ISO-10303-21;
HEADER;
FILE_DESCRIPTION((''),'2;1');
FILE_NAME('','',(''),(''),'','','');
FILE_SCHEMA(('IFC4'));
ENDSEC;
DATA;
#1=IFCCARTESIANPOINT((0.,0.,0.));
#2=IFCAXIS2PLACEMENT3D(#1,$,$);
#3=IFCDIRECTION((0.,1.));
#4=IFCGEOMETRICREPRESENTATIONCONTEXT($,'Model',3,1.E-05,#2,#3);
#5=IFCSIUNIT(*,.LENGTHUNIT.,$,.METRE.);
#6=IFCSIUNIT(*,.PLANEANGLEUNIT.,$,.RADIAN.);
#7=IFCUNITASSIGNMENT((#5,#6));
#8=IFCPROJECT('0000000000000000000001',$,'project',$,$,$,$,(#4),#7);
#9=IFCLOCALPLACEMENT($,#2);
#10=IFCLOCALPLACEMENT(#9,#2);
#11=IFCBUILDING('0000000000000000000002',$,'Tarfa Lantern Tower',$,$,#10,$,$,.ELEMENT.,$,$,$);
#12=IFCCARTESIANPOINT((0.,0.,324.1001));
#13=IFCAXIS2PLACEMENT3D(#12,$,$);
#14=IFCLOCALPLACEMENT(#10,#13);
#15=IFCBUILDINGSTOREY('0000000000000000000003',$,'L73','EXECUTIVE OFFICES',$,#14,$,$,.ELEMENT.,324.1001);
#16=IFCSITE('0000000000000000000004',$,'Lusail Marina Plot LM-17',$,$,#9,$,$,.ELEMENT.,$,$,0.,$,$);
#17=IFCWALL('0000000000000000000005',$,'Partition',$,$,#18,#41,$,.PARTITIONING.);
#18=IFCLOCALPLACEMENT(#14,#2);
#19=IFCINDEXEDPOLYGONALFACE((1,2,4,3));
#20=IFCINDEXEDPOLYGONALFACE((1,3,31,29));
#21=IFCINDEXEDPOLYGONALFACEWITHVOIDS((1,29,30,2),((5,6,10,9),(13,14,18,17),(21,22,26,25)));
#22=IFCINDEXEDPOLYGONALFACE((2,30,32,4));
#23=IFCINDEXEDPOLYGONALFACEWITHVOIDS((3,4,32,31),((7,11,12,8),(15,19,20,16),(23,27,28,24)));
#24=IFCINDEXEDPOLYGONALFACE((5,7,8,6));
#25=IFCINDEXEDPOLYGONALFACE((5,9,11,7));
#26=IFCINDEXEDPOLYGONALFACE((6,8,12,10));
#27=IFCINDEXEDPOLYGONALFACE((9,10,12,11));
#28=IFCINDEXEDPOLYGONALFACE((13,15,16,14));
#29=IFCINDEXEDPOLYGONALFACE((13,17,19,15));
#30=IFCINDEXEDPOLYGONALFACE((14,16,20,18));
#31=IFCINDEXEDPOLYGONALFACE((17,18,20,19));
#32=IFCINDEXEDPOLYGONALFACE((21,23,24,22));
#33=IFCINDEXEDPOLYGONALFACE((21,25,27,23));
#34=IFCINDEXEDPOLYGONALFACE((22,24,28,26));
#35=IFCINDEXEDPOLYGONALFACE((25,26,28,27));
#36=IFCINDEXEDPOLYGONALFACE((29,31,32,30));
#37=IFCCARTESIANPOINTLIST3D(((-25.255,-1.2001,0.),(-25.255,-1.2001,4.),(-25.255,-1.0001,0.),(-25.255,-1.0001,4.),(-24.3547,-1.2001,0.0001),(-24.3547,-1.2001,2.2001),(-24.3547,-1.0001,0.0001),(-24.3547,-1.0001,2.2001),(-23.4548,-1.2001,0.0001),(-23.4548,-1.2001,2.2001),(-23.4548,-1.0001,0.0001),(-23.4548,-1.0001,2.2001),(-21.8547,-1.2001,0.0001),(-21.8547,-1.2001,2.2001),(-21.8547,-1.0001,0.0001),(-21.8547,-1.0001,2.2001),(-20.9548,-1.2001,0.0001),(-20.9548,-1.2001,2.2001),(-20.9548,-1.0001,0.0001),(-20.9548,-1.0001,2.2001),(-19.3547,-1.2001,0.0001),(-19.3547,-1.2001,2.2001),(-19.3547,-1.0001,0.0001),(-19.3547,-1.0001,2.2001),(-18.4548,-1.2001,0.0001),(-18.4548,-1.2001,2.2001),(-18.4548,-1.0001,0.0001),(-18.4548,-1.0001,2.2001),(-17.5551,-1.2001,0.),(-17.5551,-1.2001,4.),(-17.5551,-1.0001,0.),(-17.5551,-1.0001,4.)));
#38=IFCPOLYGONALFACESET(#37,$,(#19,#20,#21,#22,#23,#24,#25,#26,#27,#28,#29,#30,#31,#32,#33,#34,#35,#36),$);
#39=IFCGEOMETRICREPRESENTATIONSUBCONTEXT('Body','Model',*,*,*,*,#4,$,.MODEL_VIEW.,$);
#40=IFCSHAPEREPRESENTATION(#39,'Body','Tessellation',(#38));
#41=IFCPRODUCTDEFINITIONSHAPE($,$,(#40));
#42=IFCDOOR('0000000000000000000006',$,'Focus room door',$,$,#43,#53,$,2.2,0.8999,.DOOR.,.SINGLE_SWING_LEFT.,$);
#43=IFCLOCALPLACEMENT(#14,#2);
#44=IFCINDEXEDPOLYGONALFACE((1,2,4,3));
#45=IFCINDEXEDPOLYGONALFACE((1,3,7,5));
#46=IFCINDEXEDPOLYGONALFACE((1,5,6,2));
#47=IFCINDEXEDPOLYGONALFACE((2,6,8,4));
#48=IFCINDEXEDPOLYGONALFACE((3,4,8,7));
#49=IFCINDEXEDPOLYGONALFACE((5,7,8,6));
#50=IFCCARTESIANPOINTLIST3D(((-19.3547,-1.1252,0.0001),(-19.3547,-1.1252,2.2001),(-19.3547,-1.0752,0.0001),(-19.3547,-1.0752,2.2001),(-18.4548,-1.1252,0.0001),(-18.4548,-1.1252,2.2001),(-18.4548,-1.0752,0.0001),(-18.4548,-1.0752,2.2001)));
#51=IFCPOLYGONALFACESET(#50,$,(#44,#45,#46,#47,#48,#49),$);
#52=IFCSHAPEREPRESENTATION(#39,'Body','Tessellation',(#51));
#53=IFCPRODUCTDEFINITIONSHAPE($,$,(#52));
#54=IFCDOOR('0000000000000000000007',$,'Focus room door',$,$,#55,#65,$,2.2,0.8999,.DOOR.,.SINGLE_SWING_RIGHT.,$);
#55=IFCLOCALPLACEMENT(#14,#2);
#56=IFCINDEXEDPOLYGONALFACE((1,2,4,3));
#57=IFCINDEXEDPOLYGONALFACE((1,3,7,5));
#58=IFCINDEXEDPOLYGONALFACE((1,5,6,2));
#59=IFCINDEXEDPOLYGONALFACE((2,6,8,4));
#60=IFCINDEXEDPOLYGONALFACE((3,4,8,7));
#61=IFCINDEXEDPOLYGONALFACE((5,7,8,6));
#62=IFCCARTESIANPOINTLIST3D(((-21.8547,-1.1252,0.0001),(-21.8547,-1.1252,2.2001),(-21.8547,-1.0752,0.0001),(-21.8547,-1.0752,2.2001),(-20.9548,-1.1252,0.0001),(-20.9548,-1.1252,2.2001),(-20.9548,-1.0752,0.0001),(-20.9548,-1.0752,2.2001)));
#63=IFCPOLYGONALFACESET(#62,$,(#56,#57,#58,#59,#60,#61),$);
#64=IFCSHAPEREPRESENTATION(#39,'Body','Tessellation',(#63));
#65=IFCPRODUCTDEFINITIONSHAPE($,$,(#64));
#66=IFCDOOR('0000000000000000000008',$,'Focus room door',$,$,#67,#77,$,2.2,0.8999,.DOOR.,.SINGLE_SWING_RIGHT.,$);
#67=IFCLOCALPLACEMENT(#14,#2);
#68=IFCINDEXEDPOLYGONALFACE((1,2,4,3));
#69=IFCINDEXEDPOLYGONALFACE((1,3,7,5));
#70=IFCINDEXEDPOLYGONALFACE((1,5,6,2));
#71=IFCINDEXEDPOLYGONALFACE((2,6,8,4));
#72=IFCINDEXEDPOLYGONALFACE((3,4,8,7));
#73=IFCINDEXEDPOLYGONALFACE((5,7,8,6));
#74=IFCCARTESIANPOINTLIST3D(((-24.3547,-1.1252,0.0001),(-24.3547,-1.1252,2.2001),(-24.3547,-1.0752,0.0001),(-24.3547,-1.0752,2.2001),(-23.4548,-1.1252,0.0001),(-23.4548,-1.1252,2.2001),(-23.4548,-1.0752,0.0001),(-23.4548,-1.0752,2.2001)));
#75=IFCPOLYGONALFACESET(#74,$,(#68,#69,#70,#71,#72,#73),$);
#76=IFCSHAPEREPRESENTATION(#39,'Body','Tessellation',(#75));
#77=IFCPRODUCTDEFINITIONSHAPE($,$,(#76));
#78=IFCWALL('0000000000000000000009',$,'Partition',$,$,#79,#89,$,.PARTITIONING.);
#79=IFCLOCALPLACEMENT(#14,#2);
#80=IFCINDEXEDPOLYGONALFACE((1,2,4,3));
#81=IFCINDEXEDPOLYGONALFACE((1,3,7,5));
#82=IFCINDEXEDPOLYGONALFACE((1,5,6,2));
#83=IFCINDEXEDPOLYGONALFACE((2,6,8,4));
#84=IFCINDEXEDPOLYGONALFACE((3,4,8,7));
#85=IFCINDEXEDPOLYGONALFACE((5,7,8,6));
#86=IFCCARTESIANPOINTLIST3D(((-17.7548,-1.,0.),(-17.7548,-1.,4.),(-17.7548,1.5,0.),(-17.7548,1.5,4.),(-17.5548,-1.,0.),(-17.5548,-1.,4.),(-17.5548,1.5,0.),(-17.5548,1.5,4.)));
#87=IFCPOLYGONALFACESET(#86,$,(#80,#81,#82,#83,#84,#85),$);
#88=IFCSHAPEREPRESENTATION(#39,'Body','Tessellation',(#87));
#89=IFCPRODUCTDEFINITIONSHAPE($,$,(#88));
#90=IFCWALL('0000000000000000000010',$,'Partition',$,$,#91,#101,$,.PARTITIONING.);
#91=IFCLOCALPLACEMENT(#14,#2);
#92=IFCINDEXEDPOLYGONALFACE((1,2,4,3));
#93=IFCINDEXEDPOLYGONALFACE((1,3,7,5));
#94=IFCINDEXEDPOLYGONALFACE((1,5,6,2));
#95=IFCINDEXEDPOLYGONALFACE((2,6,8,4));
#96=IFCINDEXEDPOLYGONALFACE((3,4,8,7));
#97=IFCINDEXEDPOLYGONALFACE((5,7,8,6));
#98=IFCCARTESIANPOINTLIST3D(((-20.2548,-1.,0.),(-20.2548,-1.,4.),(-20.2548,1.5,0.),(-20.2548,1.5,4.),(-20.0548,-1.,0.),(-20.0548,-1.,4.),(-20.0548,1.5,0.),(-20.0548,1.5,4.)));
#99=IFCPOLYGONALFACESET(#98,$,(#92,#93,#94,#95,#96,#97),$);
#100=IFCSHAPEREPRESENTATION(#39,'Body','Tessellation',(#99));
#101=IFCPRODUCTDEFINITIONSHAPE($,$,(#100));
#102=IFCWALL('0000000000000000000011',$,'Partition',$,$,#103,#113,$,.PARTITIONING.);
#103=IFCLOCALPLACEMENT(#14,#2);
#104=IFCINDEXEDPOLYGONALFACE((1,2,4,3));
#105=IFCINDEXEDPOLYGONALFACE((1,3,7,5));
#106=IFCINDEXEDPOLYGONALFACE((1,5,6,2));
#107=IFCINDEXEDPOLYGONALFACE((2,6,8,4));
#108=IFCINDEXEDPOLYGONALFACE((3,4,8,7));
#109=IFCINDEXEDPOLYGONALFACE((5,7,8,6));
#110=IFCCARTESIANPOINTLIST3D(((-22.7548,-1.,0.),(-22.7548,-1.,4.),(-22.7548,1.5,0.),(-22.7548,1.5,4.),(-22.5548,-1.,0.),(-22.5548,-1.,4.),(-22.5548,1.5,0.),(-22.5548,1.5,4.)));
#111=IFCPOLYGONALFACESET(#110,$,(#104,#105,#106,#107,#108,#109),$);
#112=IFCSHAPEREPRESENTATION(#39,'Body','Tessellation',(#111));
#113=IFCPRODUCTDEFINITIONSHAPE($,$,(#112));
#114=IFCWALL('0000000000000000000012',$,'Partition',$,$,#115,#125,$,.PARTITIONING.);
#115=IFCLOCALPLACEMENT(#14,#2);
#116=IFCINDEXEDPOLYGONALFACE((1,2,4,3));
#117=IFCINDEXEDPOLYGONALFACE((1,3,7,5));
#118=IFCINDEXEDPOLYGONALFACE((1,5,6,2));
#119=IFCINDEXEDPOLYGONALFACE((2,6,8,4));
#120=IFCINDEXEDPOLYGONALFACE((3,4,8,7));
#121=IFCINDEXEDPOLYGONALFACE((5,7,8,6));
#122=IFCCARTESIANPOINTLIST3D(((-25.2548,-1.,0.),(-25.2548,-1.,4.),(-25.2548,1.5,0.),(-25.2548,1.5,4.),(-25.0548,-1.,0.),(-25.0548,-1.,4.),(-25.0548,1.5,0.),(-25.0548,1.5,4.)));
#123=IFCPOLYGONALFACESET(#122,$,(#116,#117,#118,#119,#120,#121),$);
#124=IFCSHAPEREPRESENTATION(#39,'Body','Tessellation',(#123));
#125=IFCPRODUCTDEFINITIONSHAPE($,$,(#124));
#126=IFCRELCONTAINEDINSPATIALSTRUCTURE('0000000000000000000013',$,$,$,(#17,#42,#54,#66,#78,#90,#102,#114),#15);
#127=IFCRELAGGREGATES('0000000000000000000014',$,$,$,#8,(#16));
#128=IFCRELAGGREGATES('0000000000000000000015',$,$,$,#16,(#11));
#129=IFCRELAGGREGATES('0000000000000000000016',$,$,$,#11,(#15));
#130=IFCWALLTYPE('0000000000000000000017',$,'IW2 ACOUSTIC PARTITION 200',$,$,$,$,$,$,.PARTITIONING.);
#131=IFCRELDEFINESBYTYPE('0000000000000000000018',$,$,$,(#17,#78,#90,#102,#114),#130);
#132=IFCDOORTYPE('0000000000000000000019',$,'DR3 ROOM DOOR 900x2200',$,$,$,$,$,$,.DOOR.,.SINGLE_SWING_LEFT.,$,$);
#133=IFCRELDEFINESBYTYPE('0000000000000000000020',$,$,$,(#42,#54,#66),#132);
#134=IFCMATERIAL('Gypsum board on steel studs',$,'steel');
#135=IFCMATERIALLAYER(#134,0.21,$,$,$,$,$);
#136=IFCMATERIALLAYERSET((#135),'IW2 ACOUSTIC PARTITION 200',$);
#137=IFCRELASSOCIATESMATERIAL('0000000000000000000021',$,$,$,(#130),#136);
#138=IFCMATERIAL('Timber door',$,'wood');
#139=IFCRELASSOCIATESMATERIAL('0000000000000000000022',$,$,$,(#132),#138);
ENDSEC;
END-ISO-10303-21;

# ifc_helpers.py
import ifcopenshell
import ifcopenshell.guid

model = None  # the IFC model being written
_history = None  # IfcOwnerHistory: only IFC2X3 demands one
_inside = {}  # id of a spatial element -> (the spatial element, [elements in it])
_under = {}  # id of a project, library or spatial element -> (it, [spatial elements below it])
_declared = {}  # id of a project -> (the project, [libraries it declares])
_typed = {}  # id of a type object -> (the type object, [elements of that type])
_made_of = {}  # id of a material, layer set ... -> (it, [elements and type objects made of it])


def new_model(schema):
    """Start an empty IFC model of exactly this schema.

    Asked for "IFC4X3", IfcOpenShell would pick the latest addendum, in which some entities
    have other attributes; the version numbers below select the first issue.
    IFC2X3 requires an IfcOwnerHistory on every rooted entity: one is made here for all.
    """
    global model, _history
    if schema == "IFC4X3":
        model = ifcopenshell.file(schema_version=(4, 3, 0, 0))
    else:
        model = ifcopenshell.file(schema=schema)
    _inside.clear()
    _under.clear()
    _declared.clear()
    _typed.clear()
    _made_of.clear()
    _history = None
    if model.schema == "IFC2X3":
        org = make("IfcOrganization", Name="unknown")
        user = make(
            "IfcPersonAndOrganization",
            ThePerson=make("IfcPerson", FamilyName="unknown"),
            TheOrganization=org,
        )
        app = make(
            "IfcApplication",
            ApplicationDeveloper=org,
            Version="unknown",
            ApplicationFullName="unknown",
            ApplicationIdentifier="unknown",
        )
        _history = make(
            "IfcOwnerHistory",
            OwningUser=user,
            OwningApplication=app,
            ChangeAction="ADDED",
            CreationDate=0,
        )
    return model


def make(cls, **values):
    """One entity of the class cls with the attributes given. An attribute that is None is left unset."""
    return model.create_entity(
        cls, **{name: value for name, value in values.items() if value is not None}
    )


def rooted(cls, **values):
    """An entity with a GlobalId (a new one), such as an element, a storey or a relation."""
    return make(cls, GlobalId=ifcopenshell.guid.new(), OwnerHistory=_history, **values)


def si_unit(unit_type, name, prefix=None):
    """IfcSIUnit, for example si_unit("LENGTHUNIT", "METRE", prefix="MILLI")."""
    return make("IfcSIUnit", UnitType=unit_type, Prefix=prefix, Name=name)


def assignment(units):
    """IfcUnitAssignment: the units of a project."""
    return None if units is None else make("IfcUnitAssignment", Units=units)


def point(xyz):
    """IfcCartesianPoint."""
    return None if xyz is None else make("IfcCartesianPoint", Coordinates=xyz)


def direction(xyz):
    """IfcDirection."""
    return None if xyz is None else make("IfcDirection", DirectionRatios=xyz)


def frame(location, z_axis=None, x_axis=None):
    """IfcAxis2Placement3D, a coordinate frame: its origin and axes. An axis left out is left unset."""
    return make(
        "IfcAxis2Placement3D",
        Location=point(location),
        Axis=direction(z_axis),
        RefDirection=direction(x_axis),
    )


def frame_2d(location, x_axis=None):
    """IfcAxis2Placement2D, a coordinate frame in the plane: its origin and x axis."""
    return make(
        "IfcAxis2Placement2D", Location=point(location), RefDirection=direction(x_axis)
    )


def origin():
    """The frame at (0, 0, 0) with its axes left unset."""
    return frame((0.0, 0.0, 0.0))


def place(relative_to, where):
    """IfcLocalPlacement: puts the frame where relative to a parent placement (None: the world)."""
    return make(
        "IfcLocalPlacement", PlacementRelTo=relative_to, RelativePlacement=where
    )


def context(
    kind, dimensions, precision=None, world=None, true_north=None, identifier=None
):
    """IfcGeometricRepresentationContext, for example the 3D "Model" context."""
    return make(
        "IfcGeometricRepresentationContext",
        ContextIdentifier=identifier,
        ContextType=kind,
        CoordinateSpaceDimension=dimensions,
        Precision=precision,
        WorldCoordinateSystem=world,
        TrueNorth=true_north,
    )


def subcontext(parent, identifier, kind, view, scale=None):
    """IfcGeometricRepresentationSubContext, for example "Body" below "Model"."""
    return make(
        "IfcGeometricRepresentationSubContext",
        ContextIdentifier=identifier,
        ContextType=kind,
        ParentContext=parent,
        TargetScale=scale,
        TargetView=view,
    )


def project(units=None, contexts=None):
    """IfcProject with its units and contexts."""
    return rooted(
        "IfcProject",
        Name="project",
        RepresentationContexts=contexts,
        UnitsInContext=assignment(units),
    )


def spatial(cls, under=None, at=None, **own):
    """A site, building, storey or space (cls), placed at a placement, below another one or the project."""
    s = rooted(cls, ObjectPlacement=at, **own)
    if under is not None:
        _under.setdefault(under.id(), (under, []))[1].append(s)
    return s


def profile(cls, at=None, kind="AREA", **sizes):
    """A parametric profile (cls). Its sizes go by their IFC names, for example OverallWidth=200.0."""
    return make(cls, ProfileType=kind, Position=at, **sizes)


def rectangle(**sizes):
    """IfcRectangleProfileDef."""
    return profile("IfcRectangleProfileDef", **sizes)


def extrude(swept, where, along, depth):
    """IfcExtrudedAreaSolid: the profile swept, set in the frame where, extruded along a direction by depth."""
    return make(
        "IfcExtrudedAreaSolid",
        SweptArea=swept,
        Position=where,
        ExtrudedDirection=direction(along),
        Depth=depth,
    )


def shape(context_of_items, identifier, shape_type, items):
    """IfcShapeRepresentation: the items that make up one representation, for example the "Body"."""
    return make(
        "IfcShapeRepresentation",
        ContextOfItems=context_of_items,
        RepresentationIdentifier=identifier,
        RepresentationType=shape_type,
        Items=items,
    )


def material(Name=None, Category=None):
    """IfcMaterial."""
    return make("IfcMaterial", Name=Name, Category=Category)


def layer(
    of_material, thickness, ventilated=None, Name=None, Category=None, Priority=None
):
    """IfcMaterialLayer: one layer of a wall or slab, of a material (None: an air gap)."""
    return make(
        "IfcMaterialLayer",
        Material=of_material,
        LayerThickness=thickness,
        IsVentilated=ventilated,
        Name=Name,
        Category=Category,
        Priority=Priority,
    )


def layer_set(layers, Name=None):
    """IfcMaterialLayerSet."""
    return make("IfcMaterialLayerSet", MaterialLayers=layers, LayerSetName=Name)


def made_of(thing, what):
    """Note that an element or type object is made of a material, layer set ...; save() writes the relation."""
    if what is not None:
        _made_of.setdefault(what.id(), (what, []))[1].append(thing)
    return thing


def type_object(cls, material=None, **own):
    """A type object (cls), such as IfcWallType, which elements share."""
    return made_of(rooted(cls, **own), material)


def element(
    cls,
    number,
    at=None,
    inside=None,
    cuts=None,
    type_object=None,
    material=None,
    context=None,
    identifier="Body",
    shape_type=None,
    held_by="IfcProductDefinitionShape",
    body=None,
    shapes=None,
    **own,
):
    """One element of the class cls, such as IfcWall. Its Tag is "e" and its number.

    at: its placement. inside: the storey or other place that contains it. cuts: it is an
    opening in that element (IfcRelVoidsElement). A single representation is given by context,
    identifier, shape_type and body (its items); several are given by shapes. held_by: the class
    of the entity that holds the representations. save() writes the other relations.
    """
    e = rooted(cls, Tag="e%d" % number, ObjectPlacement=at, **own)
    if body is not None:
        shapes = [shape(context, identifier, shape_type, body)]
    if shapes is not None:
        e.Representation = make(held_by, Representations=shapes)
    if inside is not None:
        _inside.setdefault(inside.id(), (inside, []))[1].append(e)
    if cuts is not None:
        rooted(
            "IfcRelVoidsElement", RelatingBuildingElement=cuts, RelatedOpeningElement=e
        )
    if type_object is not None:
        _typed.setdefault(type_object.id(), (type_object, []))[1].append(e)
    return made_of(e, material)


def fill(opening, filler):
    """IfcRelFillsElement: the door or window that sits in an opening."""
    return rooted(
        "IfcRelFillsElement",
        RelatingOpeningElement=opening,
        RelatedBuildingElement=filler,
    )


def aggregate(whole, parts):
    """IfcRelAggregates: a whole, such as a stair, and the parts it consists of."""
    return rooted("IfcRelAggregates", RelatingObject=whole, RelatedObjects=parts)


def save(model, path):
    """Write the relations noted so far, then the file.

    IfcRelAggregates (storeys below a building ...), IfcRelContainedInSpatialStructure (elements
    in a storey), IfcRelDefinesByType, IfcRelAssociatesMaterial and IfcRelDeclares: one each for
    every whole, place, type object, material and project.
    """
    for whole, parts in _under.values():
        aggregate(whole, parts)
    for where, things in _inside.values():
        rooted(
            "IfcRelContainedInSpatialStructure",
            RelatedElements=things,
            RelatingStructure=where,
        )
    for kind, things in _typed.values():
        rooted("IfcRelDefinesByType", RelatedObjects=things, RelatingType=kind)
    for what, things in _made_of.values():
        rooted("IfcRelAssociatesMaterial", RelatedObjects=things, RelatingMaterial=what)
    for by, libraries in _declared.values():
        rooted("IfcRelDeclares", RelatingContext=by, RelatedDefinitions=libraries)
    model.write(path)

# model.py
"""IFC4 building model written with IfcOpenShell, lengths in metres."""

from ifc_helpers import new_model, si_unit, direction, frame, frame_2d, origin, place, context, subcontext, project, spatial, rectangle, extrude, material, layer, layer_set, type_object, element, fill, save


model = new_model("IFC4")

# Units and contexts
model_context = context("Model", 3, precision=1e-05, world=origin(), true_north=direction((0.0, 1.0)))
body_context = subcontext(model_context, "Body", "Model", "MODEL_VIEW")
ifc_project = project(units=[si_unit("LENGTHUNIT", "METRE"), si_unit("PLANEANGLEUNIT", "RADIAN")], contexts=[model_context])

# Site, building, storey
site_placement = place(None, origin())
site = spatial("IfcSite", under=ifc_project, at=site_placement, Name="Lusail Marina Plot LM-17", CompositionType="ELEMENT", RefElevation=0.0)
building_placement = place(site_placement, origin())
building = spatial("IfcBuilding", under=site, at=building_placement, Name="Tarfa Lantern Tower", CompositionType="ELEMENT")
storey_placement = place(building_placement, frame((0.0, 0.0, 324.1001)))
storey = spatial("IfcBuildingStorey", under=building, at=storey_placement, Name="L73", Description="EXECUTIVE OFFICES", CompositionType="ELEMENT", Elevation=324.1001)

# Shared definitions
ifc_material_1 = material(Name="Gypsum board on steel studs", Category="steel")
ifc_layer_1 = layer(ifc_material_1, 0.21)
ifc_layer_set_1 = layer_set([ifc_layer_1], Name="IW2 ACOUSTIC PARTITION 200")
wall_type_1 = type_object("IfcWallType", Name="IW2 ACOUSTIC PARTITION 200", PredefinedType="PARTITIONING", material=ifc_layer_set_1)
ifc_material_2 = material(Name="Timber door", Category="wood")

# Wall, openings, doors
wall_1_placement = place(storey_placement, frame((-17.5549, -1.1001, 0.0), z_axis=(0.0, 0.0, 1.0), x_axis=(-1.0, 0.0, 0.0)))
wall_1 = element("IfcWall", 1, at=wall_1_placement, inside=storey, type_object=wall_type_1, Name="Partition", PredefinedType="PARTITIONING", context=body_context, shape_type="SweptSolid", body=[
    extrude(rectangle(XDim=7.7, YDim=0.2, at=frame_2d((3.8501, 0.0))), origin(), (0.0, 0.0, 1.0), 4.0),
])
opening_1_placement = place(wall_1_placement, frame((0.8999, 0.0, 0.0)))
opening_1 = element("IfcOpeningElement", 2, at=opening_1_placement, cuts=wall_1, PredefinedType="OPENING", context=body_context, shape_type="SweptSolid", body=[
    extrude(rectangle(XDim=0.8999, YDim=2.2, at=frame_2d((0.45, 1.1001))), frame((0.0, 0.1099, 0.0), z_axis=(0.0, -1.0, 0.0), x_axis=(1.0, 0.0, 0.0)), (0.0, 0.0, 1.0), 0.22),
])
opening_2_placement = place(wall_1_placement, frame((3.3999, 0.0, 0.0)))
opening_2 = element("IfcOpeningElement", 3, at=opening_2_placement, cuts=wall_1, PredefinedType="OPENING", context=body_context, shape_type="SweptSolid", body=[
    extrude(rectangle(XDim=0.8999, YDim=2.2, at=frame_2d((0.45, 1.1001))), frame((0.0, 0.1099, 0.0), z_axis=(0.0, -1.0, 0.0), x_axis=(1.0, 0.0, 0.0)), (0.0, 0.0, 1.0), 0.22),
])
opening_3_placement = place(wall_1_placement, frame((5.8999, 0.0, 0.0)))
opening_3 = element("IfcOpeningElement", 4, at=opening_3_placement, cuts=wall_1, PredefinedType="OPENING", context=body_context, shape_type="SweptSolid", body=[
    extrude(rectangle(XDim=0.8999, YDim=2.2, at=frame_2d((0.45, 1.1001))), frame((0.0, 0.1099, 0.0), z_axis=(0.0, -1.0, 0.0), x_axis=(1.0, 0.0, 0.0)), (0.0, 0.0, 1.0), 0.22),
])
door_type_1 = type_object("IfcDoorType", Name="DR3 ROOM DOOR 900x2200", OperationType="SINGLE_SWING_LEFT", PredefinedType="DOOR", material=ifc_material_2)
door_1_placement = place(opening_1_placement, frame((0.8999, 0.0, 0.0), z_axis=(0.0, 0.0, 1.0), x_axis=(-1.0, 0.0, 0.0)))
door_1 = element("IfcDoor", 5, at=door_1_placement, inside=storey, type_object=door_type_1, Name="Focus room door", OperationType="SINGLE_SWING_LEFT", OverallHeight=2.2, OverallWidth=0.8999, PredefinedType="DOOR", context=body_context, shape_type="SweptSolid", body=[
    extrude(rectangle(XDim=0.8999, YDim=2.2, at=frame_2d((0.45, 1.1001))), frame((0.0, 0.0249, 0.0), z_axis=(0.0, -1.0, 0.0), x_axis=(1.0, 0.0, 0.0)), (0.0, 0.0, 1.0), 0.05),
])
fill(opening_1, door_1)
door_2_placement = place(opening_2_placement, frame((0.8999, 0.0, 0.0), z_axis=(0.0, 0.0, 1.0), x_axis=(-1.0, 0.0, 0.0)))
door_2 = element("IfcDoor", 6, at=door_2_placement, inside=storey, type_object=door_type_1, Name="Focus room door", OperationType="SINGLE_SWING_RIGHT", OverallHeight=2.2, OverallWidth=0.8999, PredefinedType="DOOR", context=body_context, shape_type="SweptSolid", body=[
    extrude(rectangle(XDim=0.8999, YDim=2.2, at=frame_2d((0.45, 1.1001))), frame((0.0, 0.0249, 0.0), z_axis=(0.0, -1.0, 0.0), x_axis=(1.0, 0.0, 0.0)), (0.0, 0.0, 1.0), 0.05),
])
fill(opening_2, door_2)
door_3_placement = place(opening_3_placement, frame((0.8999, 0.0, 0.0), z_axis=(0.0, 0.0, 1.0), x_axis=(-1.0, 0.0, 0.0)))
door_3 = element("IfcDoor", 7, at=door_3_placement, inside=storey, type_object=door_type_1, Name="Focus room door", OperationType="SINGLE_SWING_RIGHT", OverallHeight=2.2, OverallWidth=0.8999, PredefinedType="DOOR", context=body_context, shape_type="SweptSolid", body=[
    extrude(rectangle(XDim=0.8999, YDim=2.2, at=frame_2d((0.45, 1.1001))), frame((0.0, 0.0249, 0.0), z_axis=(0.0, -1.0, 0.0), x_axis=(1.0, 0.0, 0.0)), (0.0, 0.0, 1.0), 0.05),
])
fill(opening_3, door_3)

# Walls
for number, where, z_axis, x_axis, name in (
    (8, (-17.6548, 1.5, 0.0), (0.0, 0.0, 1.0), (0.0, -1.0, 0.0), "Partition"),
    (9, (-20.1548, 1.5, 0.0), (0.0, 0.0, 1.0), (0.0, -1.0, 0.0), "Partition"),
    (10, (-22.6548, 1.5, 0.0), (0.0, 0.0, 1.0), (0.0, -1.0, 0.0), "Partition"),
    (11, (-25.1548, 1.5, 0.0), (0.0, 0.0, 1.0), (0.0, -1.0, 0.0), "Partition"),
):
    element("IfcWall", number, at=place(storey_placement, frame(where, z_axis=z_axis, x_axis=x_axis)), inside=storey, type_object=wall_type_1, Name=name, PredefinedType="PARTITIONING", context=body_context, shape_type="SweptSolid", body=[
        extrude(rectangle(XDim=2.5, YDim=0.2, at=frame_2d((1.25, 0.0))), origin(), (0.0, 0.0, 1.0), 4.0),
    ])

save(model, "model.ifc")
